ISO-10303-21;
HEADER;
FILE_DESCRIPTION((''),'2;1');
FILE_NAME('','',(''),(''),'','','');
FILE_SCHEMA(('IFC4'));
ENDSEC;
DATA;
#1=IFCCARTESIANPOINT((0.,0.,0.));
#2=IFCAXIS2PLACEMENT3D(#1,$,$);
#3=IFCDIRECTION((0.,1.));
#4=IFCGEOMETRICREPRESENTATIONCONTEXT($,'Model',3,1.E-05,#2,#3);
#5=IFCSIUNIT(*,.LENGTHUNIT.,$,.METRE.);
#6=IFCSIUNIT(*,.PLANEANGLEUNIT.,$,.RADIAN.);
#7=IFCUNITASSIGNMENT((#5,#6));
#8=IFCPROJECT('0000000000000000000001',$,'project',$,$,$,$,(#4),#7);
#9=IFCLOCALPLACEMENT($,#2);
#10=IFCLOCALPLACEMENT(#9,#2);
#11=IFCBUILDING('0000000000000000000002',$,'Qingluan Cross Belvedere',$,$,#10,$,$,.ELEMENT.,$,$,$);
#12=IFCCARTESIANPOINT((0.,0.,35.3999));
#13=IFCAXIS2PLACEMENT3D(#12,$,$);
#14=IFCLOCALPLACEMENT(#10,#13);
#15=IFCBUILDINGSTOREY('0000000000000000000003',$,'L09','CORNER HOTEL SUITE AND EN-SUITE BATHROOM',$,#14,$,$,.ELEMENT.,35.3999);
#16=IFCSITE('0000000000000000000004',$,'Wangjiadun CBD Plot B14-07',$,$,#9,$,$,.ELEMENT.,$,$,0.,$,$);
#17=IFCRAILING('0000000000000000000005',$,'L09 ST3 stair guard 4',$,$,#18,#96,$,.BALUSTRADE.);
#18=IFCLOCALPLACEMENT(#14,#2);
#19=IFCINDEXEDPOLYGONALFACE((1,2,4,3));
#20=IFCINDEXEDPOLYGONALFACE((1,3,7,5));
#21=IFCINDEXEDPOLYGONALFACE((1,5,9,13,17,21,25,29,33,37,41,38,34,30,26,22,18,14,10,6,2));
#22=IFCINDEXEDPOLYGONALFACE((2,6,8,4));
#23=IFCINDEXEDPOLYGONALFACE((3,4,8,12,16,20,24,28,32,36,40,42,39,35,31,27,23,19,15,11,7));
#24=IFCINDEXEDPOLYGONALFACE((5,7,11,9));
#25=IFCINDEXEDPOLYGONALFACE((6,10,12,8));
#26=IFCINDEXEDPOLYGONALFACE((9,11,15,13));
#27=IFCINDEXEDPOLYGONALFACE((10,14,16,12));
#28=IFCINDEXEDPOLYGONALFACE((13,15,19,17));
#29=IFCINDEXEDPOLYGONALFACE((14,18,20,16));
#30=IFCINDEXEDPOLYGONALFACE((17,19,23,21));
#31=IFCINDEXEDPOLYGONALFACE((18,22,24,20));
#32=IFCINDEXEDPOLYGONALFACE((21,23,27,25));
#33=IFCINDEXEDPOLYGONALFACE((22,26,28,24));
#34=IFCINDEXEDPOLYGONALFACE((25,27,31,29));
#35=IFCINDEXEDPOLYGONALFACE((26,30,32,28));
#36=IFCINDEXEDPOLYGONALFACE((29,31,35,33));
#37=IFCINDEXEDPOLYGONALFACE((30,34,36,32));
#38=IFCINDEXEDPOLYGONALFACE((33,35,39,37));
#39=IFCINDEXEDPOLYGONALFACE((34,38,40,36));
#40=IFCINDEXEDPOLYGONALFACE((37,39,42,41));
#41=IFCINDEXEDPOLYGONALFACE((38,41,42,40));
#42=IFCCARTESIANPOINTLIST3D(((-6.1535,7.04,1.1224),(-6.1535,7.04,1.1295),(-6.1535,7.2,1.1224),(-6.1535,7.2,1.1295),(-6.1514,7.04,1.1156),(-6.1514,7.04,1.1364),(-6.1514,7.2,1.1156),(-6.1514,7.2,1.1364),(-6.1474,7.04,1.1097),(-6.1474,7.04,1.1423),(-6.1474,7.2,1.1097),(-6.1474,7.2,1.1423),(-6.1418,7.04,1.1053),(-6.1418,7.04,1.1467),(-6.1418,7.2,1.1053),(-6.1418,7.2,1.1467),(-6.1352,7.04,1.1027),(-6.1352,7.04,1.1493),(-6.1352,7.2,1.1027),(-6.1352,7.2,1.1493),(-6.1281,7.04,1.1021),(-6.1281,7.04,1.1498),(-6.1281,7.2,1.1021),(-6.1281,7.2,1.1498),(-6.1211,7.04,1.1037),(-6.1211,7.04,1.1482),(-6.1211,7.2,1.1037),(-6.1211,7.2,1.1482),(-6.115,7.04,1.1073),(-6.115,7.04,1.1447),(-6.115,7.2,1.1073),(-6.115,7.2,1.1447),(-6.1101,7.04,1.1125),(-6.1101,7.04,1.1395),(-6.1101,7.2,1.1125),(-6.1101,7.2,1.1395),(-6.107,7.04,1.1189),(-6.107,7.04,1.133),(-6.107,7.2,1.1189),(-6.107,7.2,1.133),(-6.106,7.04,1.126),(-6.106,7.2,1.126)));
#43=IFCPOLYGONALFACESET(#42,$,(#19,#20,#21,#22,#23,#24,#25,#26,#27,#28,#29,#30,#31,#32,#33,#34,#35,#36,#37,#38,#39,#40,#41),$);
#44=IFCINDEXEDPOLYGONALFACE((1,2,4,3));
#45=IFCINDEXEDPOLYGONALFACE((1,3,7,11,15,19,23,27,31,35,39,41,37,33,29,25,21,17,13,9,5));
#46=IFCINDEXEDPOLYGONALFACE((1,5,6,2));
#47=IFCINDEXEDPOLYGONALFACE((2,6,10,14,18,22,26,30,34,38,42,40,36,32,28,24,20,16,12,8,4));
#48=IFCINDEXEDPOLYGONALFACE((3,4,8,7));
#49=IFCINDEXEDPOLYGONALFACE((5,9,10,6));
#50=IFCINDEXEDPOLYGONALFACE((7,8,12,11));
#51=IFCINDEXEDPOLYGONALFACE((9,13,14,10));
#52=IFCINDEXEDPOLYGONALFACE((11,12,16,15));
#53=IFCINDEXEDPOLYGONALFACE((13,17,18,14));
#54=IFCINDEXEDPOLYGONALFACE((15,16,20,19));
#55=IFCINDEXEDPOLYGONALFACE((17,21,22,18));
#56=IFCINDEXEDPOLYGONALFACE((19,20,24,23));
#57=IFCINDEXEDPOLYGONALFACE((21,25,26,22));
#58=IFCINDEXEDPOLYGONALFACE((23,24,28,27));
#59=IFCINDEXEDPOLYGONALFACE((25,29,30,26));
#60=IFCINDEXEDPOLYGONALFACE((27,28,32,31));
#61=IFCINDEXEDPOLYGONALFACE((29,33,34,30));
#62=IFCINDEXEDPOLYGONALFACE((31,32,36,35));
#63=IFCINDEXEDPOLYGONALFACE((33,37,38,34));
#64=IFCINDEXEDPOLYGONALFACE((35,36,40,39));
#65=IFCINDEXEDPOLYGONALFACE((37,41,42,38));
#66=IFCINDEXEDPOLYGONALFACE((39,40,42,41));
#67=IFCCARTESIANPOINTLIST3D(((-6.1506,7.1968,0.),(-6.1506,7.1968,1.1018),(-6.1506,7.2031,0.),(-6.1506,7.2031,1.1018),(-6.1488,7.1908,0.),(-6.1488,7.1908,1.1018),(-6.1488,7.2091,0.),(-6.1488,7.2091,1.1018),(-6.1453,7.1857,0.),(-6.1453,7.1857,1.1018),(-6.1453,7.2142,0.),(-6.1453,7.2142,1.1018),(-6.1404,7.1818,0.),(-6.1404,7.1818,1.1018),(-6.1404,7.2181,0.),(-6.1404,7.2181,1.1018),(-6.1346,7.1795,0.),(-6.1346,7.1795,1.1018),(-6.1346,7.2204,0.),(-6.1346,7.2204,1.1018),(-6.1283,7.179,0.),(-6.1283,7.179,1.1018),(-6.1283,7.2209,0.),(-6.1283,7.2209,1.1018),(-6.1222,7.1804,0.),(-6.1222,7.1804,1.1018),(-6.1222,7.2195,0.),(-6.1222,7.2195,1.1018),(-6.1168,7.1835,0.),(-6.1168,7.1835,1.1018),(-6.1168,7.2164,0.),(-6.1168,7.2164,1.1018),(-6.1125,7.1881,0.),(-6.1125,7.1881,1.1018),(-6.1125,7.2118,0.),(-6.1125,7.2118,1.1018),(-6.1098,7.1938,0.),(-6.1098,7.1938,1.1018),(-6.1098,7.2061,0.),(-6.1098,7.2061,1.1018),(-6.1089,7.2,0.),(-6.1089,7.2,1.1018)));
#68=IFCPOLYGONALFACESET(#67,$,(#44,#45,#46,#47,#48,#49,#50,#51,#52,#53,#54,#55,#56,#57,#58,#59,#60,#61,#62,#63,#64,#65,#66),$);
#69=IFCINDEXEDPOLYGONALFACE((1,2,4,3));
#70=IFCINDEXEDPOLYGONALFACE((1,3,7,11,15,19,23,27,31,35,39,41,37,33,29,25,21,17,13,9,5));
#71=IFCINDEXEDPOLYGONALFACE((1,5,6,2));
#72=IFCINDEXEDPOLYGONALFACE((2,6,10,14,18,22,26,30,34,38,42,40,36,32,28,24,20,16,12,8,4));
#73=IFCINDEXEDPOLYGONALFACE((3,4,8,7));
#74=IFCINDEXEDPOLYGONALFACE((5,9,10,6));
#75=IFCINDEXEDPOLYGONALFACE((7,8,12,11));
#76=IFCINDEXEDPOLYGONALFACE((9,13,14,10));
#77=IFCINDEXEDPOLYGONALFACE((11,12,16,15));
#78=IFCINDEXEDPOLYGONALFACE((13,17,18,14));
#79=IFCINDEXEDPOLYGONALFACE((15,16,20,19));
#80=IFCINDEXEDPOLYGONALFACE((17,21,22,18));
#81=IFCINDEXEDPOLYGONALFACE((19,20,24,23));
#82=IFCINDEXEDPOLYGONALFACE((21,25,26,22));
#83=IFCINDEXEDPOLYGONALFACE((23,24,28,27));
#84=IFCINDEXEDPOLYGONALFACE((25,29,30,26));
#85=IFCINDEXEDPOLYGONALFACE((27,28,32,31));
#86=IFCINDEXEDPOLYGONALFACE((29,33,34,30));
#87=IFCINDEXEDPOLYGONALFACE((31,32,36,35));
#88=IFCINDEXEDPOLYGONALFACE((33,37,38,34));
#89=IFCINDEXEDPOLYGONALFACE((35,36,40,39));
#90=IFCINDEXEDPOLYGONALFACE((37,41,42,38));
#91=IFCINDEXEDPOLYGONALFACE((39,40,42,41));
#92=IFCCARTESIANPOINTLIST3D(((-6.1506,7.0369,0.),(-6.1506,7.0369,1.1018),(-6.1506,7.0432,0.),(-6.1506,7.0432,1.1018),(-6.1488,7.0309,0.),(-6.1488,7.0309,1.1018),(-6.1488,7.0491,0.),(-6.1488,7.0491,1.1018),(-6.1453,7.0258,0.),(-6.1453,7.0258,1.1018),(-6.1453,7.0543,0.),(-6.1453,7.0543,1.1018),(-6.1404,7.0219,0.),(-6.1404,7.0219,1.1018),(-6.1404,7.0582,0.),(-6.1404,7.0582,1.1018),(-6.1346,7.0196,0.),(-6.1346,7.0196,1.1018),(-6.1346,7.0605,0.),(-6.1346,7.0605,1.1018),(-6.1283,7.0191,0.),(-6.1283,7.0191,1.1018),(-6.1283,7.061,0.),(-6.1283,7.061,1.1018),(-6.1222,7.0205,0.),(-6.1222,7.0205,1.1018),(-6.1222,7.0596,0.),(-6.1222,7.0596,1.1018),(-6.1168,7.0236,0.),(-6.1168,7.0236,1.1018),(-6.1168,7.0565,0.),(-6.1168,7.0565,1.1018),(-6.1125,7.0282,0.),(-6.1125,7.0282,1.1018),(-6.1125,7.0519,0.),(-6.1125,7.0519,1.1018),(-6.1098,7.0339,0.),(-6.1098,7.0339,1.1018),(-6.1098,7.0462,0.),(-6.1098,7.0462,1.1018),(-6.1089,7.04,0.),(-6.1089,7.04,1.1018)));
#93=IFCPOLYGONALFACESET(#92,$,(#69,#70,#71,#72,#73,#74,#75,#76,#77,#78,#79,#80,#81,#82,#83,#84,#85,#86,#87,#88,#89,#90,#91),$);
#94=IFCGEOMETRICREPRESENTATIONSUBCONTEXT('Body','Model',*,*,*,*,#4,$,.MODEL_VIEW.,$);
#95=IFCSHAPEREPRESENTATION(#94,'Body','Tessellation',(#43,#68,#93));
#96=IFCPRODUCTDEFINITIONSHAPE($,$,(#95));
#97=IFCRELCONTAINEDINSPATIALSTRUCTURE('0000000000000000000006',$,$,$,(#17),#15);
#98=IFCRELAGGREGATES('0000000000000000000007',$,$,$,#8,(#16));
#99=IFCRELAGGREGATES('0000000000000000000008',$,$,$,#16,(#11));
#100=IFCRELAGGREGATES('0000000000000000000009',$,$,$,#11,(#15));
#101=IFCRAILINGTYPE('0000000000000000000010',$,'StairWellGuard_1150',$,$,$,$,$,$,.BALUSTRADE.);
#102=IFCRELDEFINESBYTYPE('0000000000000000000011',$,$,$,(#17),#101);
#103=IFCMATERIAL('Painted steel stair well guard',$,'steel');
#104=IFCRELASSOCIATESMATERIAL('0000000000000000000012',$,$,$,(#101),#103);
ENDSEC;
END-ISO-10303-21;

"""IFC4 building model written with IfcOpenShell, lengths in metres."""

from ifc_helpers import new_model, si_unit, direction, frame, origin, origin_2d, place, context, subcontext, project, spatial, circle, extrude, material, type_object, element, save


model = new_model("IFC4")

# Units and contexts
model_context = context("Model", 3, precision=1e-05, world=origin(), true_north=direction((0.0, 1.0)))
body_context = subcontext(model_context, "Body", "Model", "MODEL_VIEW")
ifc_project = project(units=[si_unit("LENGTHUNIT", "METRE"), si_unit("PLANEANGLEUNIT", "RADIAN")], contexts=[model_context])

# Site, building, storey
site_placement = place(None, origin())
site = spatial("IfcSite", under=ifc_project, at=site_placement, Name="Wangjiadun CBD Plot B14-07", CompositionType="ELEMENT", RefElevation=0.0)
building_placement = place(site_placement, origin())
building = spatial("IfcBuilding", under=site, at=building_placement, Name="Qingluan Cross Belvedere", CompositionType="ELEMENT")
storey_placement = place(building_placement, frame((0.0, 0.0, 35.3999)))
storey = spatial("IfcBuildingStorey", under=building, at=storey_placement, Name="L09", Description="CORNER HOTEL SUITE AND EN-SUITE BATHROOM", CompositionType="ELEMENT", Elevation=35.3999)

# Railing
ifc_material_1 = material(Name="Painted steel stair well guard", Category="steel")
railing_type_1 = type_object("IfcRailingType", Name="StairWellGuard_1150", PredefinedType="BALUSTRADE", material=ifc_material_1)
railing_1_placement = place(storey_placement, frame((-6.1299, 7.2, 0.0)))
element("IfcRailing", 1, at=railing_1_placement, inside=storey, type_object=railing_type_1, Name="L09 ST3 stair guard 4", PredefinedType="BALUSTRADE", context=body_context, shape_type="SweptSolid", body=[
    extrude(circle(Radius=0.0239, at=origin_2d()), frame((0.0, 0.0, 1.126), z_axis=(0.0, -1.0, 0.0), x_axis=(1.0, 0.0, 0.0)), (0.0, 0.0, 1.0), 0.1599),
    extrude(circle(Radius=0.021, at=origin_2d()), origin(), (0.0, 0.0, 1.0), 1.1018),
    extrude(circle(Radius=0.021, at=origin_2d()), frame((0.0, -0.1599, 0.0)), (0.0, 0.0, 1.0), 1.1018),
])

save(model, "model.ifc")
